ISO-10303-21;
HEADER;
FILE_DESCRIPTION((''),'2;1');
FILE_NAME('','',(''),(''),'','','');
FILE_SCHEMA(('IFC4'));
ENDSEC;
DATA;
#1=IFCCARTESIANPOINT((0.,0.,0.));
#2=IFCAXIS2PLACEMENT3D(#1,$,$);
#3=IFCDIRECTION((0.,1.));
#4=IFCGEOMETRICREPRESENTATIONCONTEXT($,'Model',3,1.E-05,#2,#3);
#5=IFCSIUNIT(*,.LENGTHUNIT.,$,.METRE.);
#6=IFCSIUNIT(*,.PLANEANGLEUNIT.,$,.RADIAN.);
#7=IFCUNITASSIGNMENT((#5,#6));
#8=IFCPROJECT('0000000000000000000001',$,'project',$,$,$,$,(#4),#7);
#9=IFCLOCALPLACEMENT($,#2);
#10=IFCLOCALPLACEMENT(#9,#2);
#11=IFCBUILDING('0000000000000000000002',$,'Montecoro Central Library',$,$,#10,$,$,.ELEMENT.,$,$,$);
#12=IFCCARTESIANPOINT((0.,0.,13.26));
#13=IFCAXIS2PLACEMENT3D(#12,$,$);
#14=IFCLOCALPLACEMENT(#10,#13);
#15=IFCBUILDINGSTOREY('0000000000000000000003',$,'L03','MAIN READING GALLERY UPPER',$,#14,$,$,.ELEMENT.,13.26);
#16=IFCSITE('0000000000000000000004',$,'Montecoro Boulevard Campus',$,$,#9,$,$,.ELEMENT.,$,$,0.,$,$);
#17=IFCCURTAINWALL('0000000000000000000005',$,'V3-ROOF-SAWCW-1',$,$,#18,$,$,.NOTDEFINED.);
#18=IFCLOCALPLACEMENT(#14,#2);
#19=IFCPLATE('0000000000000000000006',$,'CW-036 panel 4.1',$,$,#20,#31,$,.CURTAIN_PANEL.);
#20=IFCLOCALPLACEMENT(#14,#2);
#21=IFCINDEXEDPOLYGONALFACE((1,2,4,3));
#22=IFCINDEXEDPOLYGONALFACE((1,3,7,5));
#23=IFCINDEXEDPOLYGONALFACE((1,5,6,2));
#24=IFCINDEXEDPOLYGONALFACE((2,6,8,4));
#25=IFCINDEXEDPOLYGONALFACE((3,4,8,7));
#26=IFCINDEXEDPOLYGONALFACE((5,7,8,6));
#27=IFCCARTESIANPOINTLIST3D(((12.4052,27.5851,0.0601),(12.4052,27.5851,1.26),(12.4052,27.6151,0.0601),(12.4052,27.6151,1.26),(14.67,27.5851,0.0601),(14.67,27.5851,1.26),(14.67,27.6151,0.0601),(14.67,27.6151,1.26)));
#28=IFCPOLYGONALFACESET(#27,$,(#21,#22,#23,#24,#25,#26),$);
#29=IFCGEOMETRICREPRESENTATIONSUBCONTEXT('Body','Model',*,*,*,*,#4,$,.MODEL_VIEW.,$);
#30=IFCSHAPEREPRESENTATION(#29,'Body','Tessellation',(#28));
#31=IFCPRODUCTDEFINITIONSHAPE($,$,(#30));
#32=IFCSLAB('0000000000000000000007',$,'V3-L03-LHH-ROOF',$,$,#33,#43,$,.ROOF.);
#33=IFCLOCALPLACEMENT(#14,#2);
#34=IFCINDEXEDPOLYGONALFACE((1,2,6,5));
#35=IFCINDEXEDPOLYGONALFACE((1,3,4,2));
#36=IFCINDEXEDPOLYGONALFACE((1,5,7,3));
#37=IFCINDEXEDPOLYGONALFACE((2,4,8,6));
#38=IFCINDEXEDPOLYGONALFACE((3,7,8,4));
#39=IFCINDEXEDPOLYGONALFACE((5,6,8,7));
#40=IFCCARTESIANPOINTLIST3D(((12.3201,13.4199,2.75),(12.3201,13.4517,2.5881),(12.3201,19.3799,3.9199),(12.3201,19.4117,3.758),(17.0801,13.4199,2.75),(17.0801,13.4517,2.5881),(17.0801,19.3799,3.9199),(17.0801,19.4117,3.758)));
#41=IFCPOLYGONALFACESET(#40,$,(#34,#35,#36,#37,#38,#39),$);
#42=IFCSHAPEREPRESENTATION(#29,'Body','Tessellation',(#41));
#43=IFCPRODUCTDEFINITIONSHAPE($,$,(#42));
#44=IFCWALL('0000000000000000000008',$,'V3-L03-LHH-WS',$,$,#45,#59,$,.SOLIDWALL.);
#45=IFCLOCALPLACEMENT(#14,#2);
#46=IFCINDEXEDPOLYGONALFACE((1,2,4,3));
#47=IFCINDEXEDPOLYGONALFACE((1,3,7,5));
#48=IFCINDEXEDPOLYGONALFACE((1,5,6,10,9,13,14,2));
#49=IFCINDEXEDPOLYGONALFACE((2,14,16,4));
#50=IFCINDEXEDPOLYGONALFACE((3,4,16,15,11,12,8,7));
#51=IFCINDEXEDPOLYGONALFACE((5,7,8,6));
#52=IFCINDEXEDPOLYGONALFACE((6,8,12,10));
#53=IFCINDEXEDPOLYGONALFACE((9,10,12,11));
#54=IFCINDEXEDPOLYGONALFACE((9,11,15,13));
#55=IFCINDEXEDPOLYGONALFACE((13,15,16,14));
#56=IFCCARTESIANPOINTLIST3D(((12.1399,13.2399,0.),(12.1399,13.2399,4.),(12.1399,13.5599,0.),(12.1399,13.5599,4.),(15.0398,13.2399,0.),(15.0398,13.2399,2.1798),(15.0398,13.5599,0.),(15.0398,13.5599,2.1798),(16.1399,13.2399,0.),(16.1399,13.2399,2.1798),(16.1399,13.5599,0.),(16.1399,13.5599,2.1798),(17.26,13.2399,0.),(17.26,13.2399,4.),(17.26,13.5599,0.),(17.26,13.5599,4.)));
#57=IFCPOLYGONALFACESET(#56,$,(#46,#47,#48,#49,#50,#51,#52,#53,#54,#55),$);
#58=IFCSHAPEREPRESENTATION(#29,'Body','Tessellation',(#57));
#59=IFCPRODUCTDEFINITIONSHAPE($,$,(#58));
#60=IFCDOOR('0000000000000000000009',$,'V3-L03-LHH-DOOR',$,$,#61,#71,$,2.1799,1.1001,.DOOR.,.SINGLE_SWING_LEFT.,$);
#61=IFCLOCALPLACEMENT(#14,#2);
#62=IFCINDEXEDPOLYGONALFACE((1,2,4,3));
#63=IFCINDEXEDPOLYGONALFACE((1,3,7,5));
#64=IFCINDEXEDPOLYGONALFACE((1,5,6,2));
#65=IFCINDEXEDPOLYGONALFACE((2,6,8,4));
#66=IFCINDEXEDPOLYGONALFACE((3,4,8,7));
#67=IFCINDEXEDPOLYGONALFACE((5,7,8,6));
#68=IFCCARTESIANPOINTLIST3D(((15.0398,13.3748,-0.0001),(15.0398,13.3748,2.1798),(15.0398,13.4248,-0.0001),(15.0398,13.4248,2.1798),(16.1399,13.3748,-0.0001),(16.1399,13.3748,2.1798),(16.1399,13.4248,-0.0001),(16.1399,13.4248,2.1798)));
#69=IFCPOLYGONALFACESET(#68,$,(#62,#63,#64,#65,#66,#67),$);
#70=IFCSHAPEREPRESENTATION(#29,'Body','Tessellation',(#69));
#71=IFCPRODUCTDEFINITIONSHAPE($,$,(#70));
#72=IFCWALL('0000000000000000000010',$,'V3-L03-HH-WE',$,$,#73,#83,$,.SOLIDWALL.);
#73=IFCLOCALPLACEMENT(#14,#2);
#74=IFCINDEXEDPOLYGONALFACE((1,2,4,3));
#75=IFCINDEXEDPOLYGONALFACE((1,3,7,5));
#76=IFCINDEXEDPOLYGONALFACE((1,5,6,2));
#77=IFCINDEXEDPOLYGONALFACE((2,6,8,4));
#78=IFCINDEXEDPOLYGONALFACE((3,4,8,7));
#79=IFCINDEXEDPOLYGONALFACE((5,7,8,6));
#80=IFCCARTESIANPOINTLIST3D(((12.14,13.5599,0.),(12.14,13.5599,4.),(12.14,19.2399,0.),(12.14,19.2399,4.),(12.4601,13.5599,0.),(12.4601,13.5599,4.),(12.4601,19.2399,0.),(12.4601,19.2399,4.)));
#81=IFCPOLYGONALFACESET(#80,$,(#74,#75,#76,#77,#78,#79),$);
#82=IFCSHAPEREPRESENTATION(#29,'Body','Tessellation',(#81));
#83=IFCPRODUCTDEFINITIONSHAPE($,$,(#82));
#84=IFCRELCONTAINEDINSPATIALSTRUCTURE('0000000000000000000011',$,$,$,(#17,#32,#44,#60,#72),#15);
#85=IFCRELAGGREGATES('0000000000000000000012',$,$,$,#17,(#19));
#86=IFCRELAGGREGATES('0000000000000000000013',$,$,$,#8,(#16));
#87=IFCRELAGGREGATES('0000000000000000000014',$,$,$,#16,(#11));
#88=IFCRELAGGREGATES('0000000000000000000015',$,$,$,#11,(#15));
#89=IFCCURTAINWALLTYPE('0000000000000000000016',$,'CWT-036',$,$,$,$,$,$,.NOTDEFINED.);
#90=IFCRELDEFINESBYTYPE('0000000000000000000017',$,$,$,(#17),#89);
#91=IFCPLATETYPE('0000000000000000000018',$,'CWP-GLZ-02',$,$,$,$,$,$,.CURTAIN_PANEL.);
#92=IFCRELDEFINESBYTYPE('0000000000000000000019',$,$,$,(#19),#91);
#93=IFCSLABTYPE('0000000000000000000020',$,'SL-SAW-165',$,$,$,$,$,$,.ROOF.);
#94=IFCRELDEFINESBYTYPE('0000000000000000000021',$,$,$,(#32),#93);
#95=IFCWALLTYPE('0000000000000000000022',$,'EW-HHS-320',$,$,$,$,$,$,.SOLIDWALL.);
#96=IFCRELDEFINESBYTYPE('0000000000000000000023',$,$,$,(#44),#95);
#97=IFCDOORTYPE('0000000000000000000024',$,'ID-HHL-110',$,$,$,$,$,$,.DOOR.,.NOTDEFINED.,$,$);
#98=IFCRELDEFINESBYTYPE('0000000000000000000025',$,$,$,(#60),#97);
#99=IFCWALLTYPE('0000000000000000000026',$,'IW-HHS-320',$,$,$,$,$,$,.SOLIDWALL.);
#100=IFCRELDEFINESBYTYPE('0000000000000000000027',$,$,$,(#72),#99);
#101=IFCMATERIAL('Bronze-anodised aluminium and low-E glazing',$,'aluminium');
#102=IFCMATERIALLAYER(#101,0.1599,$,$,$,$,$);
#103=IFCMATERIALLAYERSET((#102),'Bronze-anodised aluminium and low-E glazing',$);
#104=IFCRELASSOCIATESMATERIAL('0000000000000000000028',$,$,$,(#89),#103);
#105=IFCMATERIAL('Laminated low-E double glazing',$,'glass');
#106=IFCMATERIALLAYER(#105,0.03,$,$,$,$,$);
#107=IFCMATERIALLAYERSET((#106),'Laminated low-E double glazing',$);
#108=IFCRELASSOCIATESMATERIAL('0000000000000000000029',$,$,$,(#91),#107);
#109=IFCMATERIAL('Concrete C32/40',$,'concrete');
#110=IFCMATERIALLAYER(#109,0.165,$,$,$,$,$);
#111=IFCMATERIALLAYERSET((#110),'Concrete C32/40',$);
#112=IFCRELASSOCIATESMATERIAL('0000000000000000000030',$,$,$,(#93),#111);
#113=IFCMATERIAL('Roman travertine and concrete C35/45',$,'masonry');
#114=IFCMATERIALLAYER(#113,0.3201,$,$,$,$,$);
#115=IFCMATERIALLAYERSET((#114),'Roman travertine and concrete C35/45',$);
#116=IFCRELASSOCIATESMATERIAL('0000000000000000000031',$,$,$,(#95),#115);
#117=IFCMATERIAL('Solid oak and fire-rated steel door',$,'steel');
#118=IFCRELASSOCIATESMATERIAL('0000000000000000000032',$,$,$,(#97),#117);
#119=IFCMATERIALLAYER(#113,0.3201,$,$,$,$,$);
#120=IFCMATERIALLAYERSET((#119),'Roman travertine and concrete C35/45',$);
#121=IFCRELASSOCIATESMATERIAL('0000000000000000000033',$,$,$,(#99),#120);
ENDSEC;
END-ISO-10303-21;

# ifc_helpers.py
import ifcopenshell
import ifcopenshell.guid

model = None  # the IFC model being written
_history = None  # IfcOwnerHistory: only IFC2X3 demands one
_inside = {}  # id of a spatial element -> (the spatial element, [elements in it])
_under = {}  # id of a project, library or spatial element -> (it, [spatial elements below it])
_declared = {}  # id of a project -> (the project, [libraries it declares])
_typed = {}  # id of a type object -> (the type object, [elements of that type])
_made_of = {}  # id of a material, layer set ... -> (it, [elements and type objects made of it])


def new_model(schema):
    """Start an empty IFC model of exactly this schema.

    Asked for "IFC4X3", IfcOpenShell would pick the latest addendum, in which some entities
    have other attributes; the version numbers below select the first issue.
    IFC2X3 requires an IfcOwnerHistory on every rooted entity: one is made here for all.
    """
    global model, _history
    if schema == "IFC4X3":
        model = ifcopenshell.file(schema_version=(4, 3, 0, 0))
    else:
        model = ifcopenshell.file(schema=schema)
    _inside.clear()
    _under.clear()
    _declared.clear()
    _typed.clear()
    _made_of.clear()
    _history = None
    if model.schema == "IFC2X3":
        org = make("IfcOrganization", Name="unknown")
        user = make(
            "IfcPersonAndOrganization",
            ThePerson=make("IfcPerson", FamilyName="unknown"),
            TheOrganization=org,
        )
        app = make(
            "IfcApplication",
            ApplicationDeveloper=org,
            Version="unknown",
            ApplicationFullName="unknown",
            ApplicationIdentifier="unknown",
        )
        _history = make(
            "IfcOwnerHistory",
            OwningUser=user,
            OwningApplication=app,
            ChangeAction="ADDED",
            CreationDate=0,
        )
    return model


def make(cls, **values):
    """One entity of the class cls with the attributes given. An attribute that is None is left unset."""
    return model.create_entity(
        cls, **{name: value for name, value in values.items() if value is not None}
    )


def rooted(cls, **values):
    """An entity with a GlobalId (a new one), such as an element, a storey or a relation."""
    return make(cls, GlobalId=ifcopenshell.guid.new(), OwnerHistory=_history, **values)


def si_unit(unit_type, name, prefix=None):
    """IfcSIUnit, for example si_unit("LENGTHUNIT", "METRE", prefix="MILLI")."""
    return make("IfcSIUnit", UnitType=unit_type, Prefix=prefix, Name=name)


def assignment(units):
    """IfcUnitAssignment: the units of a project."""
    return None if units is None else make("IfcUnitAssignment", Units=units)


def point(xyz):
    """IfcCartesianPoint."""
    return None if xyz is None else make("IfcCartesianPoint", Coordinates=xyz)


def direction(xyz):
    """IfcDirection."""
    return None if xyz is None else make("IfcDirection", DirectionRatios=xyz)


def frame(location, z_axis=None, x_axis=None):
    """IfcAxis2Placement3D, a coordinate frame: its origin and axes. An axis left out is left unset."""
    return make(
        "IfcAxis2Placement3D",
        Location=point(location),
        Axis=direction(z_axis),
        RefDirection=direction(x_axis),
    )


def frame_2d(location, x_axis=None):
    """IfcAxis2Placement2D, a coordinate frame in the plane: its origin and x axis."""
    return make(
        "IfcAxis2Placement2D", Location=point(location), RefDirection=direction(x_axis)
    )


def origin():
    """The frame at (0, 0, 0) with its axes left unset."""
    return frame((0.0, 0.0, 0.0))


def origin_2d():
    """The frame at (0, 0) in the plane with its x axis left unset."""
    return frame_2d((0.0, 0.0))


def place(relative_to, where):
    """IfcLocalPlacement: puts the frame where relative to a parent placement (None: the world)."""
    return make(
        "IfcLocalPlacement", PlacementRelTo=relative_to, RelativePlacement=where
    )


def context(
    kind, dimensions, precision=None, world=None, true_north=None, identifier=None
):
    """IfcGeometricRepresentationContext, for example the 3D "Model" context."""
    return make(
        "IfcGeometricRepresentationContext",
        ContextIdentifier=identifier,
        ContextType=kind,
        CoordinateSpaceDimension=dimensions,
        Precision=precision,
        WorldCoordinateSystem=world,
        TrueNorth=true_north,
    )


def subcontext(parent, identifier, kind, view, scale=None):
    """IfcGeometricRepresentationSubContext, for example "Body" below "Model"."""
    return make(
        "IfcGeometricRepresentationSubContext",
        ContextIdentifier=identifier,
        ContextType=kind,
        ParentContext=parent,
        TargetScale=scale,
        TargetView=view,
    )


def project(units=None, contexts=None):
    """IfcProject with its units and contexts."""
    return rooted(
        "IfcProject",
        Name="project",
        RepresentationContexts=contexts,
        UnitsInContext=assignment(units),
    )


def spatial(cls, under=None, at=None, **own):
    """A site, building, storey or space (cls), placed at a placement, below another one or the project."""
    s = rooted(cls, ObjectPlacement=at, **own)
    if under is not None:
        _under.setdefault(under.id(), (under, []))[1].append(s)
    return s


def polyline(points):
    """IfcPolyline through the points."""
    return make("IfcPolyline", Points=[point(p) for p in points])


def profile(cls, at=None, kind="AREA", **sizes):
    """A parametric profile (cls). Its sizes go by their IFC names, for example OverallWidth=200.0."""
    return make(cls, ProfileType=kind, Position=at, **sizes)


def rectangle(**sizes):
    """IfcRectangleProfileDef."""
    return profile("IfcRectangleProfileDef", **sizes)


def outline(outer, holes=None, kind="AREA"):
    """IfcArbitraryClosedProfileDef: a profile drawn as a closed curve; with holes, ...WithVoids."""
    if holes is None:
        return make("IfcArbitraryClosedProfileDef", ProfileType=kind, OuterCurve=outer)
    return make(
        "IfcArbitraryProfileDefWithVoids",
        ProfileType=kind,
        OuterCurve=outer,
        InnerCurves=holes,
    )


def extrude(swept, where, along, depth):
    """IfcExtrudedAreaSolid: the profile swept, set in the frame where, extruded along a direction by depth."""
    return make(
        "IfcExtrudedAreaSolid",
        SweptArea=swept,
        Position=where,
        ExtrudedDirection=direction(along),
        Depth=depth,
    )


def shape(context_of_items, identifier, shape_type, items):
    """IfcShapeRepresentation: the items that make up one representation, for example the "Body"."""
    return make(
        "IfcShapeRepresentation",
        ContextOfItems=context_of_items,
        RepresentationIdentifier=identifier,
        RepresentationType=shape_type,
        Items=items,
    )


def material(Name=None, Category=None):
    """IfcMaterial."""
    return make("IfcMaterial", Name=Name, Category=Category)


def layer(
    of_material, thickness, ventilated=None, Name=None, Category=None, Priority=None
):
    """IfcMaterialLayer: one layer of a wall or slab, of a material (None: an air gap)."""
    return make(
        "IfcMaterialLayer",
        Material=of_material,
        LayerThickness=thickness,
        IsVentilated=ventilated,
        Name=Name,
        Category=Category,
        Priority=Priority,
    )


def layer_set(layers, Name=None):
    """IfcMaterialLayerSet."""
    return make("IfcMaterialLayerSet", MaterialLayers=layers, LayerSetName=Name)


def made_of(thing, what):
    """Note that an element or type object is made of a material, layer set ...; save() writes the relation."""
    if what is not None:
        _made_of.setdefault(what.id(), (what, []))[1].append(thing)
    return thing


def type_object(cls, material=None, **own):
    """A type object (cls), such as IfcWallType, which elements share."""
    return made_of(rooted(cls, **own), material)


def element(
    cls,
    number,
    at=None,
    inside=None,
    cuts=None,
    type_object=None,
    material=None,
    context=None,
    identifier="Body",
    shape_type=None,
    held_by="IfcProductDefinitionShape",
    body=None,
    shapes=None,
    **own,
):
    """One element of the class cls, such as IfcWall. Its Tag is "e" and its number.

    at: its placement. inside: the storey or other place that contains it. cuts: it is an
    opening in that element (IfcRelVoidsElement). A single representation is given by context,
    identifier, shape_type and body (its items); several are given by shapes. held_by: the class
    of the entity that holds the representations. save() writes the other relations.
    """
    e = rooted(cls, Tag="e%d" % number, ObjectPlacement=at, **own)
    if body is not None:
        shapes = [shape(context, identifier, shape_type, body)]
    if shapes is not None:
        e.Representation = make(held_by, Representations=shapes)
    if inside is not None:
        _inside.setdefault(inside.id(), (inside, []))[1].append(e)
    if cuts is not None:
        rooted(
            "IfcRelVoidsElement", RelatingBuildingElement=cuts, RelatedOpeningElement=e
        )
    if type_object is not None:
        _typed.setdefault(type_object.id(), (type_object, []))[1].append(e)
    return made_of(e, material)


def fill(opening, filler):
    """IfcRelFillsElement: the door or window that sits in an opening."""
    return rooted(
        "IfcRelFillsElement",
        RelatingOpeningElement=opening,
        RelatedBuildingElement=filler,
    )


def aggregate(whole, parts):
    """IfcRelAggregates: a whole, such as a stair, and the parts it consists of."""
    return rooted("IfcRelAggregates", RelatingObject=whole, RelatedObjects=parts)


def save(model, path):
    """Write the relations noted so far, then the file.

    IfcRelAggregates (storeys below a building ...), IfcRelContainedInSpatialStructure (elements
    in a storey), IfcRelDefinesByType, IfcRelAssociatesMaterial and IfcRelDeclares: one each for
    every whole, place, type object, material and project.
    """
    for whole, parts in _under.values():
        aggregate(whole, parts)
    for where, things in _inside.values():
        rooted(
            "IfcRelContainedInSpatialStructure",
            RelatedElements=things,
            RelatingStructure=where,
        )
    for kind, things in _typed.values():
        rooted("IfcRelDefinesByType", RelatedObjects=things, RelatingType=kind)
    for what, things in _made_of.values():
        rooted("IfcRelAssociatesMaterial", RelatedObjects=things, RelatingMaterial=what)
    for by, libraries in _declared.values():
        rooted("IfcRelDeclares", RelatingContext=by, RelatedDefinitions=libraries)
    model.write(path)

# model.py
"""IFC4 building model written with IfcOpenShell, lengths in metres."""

from ifc_helpers import new_model, si_unit, direction, frame, frame_2d, origin, origin_2d, place, context, subcontext, project, spatial, polyline, rectangle, outline, extrude, material, layer, layer_set, type_object, element, fill, aggregate, save


model = new_model("IFC4")

# Units and contexts
model_context = context("Model", 3, precision=1e-05, world=origin(), true_north=direction((0.0, 1.0)))
body_context = subcontext(model_context, "Body", "Model", "MODEL_VIEW")
ifc_project = project(units=[si_unit("LENGTHUNIT", "METRE"), si_unit("PLANEANGLEUNIT", "RADIAN")], contexts=[model_context])

# Site, building, storey
site_placement = place(None, origin())
site = spatial("IfcSite", under=ifc_project, at=site_placement, Name="Montecoro Boulevard Campus", CompositionType="ELEMENT", RefElevation=0.0)
building_placement = place(site_placement, origin())
building = spatial("IfcBuilding", under=site, at=building_placement, Name="Montecoro Central Library", CompositionType="ELEMENT")
storey_placement = place(building_placement, frame((0.0, 0.0, 13.26)))
storey = spatial("IfcBuildingStorey", under=building, at=storey_placement, Name="L03", Description="MAIN READING GALLERY UPPER", CompositionType="ELEMENT", Elevation=13.26)

# Curtain wall
ifc_material_1 = material(Name="Bronze-anodised aluminium and low-E glazing", Category="aluminium")
ifc_layer_1 = layer(ifc_material_1, 0.1599)
ifc_layer_set_1 = layer_set([ifc_layer_1], Name="Bronze-anodised aluminium and low-E glazing")
curtain_wall_type = type_object("IfcCurtainWallType", Name="CWT-036", PredefinedType="NOTDEFINED", material=ifc_layer_set_1)
curtain_wall_placement = place(storey_placement, origin())
curtain_wall = element("IfcCurtainWall", 1, at=curtain_wall_placement, inside=storey, type_object=curtain_wall_type, Name="V3-ROOF-SAWCW-1", PredefinedType="NOTDEFINED")

# Plate
ifc_material_2 = material(Name="Laminated low-E double glazing", Category="glass")
ifc_layer_2 = layer(ifc_material_2, 0.03)
ifc_layer_set_2 = layer_set([ifc_layer_2], Name="Laminated low-E double glazing")
plate_type = type_object("IfcPlateType", Name="CWP-GLZ-02", PredefinedType="CURTAIN_PANEL", material=ifc_layer_set_2)
plate_1_placement = place(storey_placement, frame((13.5376, 27.6001, 0.0601), z_axis=(0.0, 0.0, 1.0), x_axis=(1.0, 0.0, 0.0)))
plate_1 = element("IfcPlate", 2, at=plate_1_placement, type_object=plate_type, Name="CW-036 panel 4.1", PredefinedType="CURTAIN_PANEL", context=body_context, shape_type="SweptSolid", body=[
    extrude(rectangle(XDim=2.2649, YDim=0.03, at=origin_2d()), origin(), (0.0, 0.0, 1.0), 1.2),
])
aggregate(curtain_wall, [plate_1])

# Slab
ifc_material_3 = material(Name="Concrete C32/40", Category="concrete")
ifc_layer_3 = layer(ifc_material_3, 0.165)
ifc_layer_set_3 = layer_set([ifc_layer_3], Name="Concrete C32/40")
slab_type = type_object("IfcSlabType", Name="SL-SAW-165", PredefinedType="ROOF", material=ifc_layer_set_3)
slab_placement = place(storey_placement, frame((12.3201, 13.4199, 2.75), z_axis=(0.0, -0.192621, 0.981273), x_axis=(1.0, 0.0, 0.0)))
element("IfcSlab", 3, at=slab_placement, inside=storey, type_object=slab_type, Name="V3-L03-LHH-ROOF", PredefinedType="ROOF", context=body_context, shape_type="SweptSolid", body=[
    extrude(outline(polyline([(0.0, 0.0), (4.76, 0.0), (4.76, 6.0737), (0.0, 6.0737), (0.0, 0.0)])), origin(), (0.0, 0.0, -1.0), 0.165),
])

# Shared definitions
ifc_material_4 = material(Name="Roman travertine and concrete C35/45", Category="masonry")
ifc_layer_4 = layer(ifc_material_4, 0.3201)
ifc_layer_set_4 = layer_set([ifc_layer_4], Name="Roman travertine and concrete C35/45")
wall_type_1 = type_object("IfcWallType", Name="EW-HHS-320", PredefinedType="SOLIDWALL", material=ifc_layer_set_4)

# Wall, opening, door
wall_1_placement = place(storey_placement, frame((12.1399, 13.3999, 0.0), z_axis=(0.0, 0.0, 1.0), x_axis=(1.0, 0.0, 0.0)))
wall_1 = element("IfcWall", 4, at=wall_1_placement, inside=storey, type_object=wall_type_1, Name="V3-L03-LHH-WS", PredefinedType="SOLIDWALL", context=body_context, shape_type="SweptSolid", body=[
    extrude(rectangle(XDim=5.1201, YDim=0.3201, at=frame_2d((2.5601, 0.0))), origin(), (0.0, 0.0, 1.0), 4.0),
])
opening_1_placement = place(wall_1_placement, frame((2.8999, 0.0, 0.0)))
opening_1 = element("IfcOpeningElement", 5, at=opening_1_placement, cuts=wall_1, PredefinedType="OPENING", context=body_context, shape_type="SweptSolid", body=[
    extrude(rectangle(XDim=1.1001, YDim=2.1799, at=frame_2d((0.55, 1.0898))), frame((0.0, 0.1699, 0.0), z_axis=(0.0, -1.0, 0.0), x_axis=(1.0, 0.0, 0.0)), (0.0, 0.0, 1.0), 0.3401),
])
ifc_material_5 = material(Name="Solid oak and fire-rated steel door", Category="steel")
door_type_1 = type_object("IfcDoorType", Name="ID-HHL-110", OperationType="NOTDEFINED", PredefinedType="DOOR", material=ifc_material_5)
door_1_placement = place(opening_1_placement, origin())
door_1 = element("IfcDoor", 6, at=door_1_placement, inside=storey, type_object=door_type_1, Name="V3-L03-LHH-DOOR", OperationType="SINGLE_SWING_LEFT", OverallHeight=2.1799, OverallWidth=1.1001, PredefinedType="DOOR", context=body_context, shape_type="SweptSolid", body=[
    extrude(rectangle(XDim=1.1001, YDim=2.1799, at=frame_2d((0.55, 1.0898))), frame((0.0, 0.0249, 0.0), z_axis=(0.0, -1.0, 0.0), x_axis=(1.0, 0.0, 0.0)), (0.0, 0.0, 1.0), 0.05),
])
fill(opening_1, door_1)

# Wall
ifc_layer_5 = layer(ifc_material_4, 0.3201)
ifc_layer_set_5 = layer_set([ifc_layer_5], Name="Roman travertine and concrete C35/45")
wall_type_2 = type_object("IfcWallType", Name="IW-HHS-320", PredefinedType="SOLIDWALL", material=ifc_layer_set_5)
wall_2_placement = place(storey_placement, frame((12.3, 13.5601, 0.0), z_axis=(0.0, 0.0, 1.0), x_axis=(0.0, 1.0, 0.0)))
element("IfcWall", 7, at=wall_2_placement, inside=storey, type_object=wall_type_2, Name="V3-L03-HH-WE", PredefinedType="SOLIDWALL", context=body_context, shape_type="SweptSolid", body=[
    extrude(rectangle(XDim=5.6799, YDim=0.3201, at=frame_2d((2.8398, 0.0))), origin(), (0.0, 0.0, 1.0), 4.0),
])

save(model, "model.ifc")
